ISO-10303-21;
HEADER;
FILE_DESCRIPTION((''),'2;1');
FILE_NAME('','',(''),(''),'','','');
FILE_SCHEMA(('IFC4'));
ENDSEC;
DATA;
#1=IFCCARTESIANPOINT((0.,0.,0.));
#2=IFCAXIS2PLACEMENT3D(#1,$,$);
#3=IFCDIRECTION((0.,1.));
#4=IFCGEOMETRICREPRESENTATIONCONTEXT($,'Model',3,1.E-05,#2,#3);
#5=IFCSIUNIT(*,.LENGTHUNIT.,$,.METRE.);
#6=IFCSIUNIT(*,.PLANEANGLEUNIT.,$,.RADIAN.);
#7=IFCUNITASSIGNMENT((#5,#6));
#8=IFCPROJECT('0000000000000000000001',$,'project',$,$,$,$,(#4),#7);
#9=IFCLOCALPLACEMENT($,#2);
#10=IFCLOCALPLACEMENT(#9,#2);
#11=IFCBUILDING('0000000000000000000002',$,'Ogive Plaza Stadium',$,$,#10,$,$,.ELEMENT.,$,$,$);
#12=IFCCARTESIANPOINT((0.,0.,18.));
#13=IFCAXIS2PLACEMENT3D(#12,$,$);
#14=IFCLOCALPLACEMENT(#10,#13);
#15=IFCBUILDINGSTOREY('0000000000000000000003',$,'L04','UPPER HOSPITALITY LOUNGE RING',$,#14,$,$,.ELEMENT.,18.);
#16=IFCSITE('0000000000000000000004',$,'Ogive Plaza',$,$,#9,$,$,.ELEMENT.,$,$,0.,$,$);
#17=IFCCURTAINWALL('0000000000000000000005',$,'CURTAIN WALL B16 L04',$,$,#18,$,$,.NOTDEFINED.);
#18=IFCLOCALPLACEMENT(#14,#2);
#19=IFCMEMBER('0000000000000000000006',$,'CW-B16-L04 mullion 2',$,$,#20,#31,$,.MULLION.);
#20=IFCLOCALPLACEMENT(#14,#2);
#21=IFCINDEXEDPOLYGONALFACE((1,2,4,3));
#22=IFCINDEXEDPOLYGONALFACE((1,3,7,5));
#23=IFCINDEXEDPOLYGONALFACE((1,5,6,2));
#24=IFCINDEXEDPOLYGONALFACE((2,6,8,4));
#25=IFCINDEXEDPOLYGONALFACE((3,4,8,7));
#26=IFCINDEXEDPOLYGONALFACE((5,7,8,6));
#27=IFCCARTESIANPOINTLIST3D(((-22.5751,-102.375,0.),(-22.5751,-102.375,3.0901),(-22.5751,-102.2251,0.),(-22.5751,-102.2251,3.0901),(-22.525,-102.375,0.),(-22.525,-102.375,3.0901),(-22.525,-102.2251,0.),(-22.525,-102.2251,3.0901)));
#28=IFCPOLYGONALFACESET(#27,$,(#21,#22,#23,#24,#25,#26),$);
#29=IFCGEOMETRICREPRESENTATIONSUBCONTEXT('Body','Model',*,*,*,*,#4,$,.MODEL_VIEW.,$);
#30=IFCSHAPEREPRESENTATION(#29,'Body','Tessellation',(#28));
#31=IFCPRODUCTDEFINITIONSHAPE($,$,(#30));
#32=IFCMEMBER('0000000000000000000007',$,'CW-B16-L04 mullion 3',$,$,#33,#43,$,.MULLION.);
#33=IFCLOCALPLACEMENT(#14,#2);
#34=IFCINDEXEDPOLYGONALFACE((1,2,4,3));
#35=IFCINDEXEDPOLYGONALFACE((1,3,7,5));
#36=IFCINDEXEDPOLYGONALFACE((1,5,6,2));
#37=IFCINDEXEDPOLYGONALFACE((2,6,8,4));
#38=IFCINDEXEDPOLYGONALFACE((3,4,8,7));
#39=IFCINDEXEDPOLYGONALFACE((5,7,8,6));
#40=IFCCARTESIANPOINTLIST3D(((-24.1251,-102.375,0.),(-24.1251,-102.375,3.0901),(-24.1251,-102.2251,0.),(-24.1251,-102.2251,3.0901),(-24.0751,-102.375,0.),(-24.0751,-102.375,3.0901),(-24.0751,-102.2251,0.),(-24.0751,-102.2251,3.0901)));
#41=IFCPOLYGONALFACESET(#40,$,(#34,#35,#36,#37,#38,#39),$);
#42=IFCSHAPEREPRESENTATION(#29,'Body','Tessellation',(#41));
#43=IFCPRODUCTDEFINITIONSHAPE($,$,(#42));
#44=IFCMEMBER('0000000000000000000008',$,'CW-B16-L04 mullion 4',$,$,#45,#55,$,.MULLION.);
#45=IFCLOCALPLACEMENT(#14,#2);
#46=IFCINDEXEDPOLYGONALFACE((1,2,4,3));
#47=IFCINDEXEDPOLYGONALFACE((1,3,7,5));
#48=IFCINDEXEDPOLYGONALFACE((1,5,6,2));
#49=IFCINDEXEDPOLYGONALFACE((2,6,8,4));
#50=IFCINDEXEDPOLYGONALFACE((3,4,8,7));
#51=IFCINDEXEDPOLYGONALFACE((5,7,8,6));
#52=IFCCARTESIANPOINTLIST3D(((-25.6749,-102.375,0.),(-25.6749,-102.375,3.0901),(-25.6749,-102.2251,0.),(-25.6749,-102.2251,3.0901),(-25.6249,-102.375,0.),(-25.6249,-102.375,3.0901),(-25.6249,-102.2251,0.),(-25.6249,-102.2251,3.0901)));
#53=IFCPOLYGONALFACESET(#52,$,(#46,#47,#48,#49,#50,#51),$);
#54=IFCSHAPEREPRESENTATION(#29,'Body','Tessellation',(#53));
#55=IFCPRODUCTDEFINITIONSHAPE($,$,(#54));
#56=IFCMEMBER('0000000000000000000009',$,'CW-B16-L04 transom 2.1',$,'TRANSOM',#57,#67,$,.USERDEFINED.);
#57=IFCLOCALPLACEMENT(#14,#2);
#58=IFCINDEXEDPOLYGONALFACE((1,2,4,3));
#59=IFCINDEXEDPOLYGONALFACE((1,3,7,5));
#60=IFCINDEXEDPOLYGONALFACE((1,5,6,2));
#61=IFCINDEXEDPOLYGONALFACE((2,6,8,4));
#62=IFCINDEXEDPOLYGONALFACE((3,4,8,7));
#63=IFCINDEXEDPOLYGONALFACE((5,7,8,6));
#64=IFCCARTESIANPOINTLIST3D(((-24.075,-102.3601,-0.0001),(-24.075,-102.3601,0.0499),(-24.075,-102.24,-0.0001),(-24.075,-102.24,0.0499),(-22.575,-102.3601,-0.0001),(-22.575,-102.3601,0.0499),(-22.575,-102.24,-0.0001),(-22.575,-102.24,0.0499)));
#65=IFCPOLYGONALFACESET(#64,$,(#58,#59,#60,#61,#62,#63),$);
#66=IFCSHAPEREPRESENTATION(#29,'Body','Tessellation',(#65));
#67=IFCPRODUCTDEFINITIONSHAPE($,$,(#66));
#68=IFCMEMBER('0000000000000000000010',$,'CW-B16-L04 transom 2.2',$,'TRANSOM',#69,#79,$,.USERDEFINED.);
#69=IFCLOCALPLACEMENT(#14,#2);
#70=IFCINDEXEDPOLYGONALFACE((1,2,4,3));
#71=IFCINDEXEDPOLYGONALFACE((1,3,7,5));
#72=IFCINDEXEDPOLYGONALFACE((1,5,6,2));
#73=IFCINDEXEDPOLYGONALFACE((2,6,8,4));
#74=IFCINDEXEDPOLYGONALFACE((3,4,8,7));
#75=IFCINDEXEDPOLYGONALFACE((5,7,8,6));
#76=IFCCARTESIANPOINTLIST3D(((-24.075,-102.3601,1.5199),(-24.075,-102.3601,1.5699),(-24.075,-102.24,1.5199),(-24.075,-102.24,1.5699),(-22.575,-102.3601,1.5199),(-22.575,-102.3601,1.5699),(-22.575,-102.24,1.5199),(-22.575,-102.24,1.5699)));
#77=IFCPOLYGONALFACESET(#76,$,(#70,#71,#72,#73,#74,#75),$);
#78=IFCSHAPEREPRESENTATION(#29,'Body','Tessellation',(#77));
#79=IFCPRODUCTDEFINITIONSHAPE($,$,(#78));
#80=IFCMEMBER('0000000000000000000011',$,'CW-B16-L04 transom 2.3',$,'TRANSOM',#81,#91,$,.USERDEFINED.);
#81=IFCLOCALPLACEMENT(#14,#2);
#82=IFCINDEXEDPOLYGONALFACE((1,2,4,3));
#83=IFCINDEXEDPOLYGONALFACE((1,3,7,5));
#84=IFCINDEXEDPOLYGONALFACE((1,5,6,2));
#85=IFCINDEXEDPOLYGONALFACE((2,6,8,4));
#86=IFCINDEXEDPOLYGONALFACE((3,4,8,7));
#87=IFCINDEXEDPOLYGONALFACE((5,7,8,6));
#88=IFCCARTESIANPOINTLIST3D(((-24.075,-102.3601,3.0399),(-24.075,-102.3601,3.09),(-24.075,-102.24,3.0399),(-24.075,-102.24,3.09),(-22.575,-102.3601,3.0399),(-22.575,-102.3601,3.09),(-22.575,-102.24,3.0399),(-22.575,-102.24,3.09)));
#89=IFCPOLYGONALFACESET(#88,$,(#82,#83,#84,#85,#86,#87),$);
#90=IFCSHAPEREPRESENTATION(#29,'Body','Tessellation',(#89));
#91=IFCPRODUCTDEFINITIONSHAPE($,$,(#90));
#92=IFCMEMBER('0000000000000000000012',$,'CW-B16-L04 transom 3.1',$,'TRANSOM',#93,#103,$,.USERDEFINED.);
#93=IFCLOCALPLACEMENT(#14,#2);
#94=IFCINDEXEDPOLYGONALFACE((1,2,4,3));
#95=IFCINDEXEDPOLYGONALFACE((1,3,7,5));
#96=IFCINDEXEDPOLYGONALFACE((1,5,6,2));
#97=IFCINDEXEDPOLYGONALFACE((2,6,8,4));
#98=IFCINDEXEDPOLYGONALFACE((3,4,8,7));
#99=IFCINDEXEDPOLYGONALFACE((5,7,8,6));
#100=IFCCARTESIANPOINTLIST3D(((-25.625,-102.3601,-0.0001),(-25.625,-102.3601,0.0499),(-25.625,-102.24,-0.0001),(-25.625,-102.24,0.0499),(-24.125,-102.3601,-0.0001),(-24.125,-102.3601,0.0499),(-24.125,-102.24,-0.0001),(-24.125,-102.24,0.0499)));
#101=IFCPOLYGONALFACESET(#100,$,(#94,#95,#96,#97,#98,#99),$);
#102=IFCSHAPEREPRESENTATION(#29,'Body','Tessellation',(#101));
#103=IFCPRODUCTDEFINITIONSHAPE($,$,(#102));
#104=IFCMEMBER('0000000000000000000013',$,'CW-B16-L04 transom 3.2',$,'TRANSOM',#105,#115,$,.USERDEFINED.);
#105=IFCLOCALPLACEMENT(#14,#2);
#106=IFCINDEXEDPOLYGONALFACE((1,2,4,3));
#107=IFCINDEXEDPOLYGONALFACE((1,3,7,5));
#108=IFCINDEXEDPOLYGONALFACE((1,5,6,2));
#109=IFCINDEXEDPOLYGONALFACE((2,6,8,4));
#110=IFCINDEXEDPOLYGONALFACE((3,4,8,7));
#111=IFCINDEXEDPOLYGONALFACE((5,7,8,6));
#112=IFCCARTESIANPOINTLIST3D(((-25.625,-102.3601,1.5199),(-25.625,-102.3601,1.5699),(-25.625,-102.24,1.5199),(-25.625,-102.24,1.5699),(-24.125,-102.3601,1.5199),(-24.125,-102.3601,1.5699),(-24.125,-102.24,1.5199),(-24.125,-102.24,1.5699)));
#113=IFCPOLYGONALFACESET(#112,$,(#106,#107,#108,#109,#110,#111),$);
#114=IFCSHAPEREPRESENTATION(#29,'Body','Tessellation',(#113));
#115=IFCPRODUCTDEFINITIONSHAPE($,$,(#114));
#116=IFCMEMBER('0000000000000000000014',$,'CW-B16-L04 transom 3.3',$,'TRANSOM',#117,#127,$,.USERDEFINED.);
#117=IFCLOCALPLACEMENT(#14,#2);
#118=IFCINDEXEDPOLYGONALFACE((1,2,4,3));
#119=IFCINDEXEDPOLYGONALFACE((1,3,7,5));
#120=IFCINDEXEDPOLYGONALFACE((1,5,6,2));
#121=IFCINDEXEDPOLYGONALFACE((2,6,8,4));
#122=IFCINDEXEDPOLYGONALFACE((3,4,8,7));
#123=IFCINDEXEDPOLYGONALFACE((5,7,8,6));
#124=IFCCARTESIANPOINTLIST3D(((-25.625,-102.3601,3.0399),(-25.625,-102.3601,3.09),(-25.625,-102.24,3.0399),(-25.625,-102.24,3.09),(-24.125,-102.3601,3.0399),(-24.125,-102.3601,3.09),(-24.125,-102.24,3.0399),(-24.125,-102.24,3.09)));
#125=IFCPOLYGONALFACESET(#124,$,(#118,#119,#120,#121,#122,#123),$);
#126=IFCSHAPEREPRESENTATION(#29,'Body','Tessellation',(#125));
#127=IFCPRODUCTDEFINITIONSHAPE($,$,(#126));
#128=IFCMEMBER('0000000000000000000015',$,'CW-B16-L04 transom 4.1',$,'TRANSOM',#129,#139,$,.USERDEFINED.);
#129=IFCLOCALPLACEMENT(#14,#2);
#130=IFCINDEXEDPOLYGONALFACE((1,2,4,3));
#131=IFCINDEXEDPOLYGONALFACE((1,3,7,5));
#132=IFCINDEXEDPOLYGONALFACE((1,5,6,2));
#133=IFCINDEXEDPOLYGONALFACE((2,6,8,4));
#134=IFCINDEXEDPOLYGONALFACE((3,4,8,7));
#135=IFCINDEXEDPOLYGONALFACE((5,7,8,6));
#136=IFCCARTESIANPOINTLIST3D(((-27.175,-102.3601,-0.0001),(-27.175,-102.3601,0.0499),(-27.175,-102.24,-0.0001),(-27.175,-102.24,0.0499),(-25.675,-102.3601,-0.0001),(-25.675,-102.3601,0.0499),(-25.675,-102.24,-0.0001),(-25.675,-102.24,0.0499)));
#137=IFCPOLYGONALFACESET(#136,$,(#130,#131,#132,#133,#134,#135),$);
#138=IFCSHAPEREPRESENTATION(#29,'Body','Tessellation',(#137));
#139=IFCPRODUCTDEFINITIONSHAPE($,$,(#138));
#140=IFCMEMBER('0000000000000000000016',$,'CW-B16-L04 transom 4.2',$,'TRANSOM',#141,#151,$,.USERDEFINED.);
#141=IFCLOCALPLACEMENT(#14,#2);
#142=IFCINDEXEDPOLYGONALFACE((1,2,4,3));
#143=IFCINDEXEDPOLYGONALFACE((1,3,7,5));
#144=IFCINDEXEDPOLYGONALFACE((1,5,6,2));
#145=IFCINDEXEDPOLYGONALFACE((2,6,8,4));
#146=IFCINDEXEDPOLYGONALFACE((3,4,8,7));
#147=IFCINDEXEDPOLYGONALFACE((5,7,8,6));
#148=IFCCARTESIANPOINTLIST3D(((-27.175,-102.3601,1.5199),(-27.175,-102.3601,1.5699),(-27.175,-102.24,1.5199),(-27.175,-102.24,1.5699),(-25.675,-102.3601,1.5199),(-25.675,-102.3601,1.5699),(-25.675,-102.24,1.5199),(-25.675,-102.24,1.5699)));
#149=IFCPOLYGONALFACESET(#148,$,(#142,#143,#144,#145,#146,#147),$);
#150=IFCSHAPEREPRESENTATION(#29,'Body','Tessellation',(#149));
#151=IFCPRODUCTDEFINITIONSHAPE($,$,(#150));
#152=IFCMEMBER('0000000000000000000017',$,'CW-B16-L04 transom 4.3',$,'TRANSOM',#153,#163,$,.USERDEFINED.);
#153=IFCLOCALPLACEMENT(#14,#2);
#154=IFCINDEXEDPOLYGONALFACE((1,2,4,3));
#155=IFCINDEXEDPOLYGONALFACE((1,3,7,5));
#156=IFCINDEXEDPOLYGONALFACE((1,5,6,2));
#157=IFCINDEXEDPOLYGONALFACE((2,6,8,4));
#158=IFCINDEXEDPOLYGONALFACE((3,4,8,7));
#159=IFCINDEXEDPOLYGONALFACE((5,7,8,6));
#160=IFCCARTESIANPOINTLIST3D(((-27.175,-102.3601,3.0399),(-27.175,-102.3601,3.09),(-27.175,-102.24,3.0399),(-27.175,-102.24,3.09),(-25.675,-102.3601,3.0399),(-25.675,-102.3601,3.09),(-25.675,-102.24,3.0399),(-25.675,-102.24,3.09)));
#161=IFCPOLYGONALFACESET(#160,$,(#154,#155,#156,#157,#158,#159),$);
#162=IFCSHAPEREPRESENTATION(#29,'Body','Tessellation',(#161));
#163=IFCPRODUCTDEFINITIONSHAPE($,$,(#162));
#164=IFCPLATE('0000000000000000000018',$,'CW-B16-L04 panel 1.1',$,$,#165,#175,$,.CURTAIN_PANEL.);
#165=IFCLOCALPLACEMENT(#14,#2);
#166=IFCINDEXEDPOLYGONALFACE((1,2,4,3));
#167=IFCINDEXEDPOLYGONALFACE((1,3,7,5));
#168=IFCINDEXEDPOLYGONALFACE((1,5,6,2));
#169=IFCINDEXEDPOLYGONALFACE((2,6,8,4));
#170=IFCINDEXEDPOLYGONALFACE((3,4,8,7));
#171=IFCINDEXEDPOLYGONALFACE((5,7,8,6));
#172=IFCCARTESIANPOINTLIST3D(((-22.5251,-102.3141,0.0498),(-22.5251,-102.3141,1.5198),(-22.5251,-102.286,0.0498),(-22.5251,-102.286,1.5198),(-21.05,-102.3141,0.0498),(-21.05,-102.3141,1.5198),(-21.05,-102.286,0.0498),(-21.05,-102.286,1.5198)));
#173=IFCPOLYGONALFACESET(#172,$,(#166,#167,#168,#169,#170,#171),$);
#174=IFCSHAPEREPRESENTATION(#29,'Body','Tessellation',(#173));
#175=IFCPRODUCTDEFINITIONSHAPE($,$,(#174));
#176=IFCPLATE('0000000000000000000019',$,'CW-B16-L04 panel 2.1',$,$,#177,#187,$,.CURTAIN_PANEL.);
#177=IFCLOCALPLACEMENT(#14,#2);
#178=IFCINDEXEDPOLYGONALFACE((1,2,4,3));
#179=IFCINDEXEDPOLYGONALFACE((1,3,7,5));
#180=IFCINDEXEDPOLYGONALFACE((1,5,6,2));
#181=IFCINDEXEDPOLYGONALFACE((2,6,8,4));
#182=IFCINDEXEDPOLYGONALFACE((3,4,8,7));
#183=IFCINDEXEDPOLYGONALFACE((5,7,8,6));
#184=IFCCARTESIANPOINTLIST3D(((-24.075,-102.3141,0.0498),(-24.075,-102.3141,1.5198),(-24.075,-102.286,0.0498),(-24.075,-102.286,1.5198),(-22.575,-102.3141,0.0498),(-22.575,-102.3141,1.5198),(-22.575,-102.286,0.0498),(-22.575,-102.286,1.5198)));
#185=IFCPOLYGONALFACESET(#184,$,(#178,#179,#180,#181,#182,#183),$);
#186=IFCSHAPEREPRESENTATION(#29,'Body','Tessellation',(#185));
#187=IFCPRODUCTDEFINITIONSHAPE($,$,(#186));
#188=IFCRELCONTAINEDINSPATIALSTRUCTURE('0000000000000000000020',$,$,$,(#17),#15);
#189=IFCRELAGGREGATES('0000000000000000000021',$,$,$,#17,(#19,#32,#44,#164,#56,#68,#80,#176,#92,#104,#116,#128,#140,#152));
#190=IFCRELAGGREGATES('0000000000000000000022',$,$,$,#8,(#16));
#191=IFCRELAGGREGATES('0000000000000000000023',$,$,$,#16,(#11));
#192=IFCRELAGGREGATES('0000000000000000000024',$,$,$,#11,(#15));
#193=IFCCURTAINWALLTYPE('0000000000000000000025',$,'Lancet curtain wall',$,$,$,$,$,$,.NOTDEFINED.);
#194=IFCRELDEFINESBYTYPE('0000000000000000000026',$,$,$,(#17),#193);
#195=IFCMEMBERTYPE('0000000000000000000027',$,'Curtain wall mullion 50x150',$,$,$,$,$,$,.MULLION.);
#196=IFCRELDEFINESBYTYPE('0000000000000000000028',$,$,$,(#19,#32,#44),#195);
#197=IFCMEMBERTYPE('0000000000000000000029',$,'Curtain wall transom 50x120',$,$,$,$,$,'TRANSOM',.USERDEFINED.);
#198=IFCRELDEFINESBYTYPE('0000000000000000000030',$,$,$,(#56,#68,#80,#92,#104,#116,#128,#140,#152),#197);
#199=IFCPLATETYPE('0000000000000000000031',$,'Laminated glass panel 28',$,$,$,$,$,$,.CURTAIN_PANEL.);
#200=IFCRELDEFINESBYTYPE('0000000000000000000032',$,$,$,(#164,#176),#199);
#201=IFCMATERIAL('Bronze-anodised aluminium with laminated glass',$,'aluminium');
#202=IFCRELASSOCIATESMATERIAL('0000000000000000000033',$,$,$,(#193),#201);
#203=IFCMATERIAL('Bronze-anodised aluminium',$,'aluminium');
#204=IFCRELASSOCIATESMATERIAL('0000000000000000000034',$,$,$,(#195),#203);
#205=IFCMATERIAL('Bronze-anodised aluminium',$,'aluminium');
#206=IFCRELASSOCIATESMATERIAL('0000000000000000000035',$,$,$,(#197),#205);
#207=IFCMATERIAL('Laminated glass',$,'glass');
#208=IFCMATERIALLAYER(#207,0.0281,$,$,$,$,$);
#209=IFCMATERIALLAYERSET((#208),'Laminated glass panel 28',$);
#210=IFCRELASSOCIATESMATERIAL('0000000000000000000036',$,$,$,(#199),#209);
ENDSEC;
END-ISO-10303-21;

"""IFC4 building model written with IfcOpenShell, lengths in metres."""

from ifc_helpers import new_model, si_unit, direction, frame, origin, origin_2d, place, context, subcontext, project, spatial, rectangle, extrude, material, layer, layer_set, material_profile, profile_set, type_object, element, aggregate, save


model = new_model("IFC4")

# Units and contexts
model_context = context("Model", 3, precision=1e-05, world=origin(), true_north=direction((0.0, 1.0)))
body_context = subcontext(model_context, "Body", "Model", "MODEL_VIEW")
ifc_project = project(units=[si_unit("LENGTHUNIT", "METRE"), si_unit("PLANEANGLEUNIT", "RADIAN")], contexts=[model_context])

# Site, building, storey
site_placement = place(None, origin())
site = spatial("IfcSite", under=ifc_project, at=site_placement, Name="Ogive Plaza", CompositionType="ELEMENT", RefElevation=0.0)
building_placement = place(site_placement, origin())
building = spatial("IfcBuilding", under=site, at=building_placement, Name="Ogive Plaza Stadium", CompositionType="ELEMENT")
storey_placement = place(building_placement, frame((0.0, 0.0, 18.0)))
storey = spatial("IfcBuildingStorey", under=building, at=storey_placement, Name="L04", Description="UPPER HOSPITALITY LOUNGE RING", CompositionType="ELEMENT", Elevation=18.0)

# Curtain wall, members, plates
ifc_material_1 = material(Name="Bronze-anodised aluminium with laminated glass", Category="aluminium")
curtain_wall_type = type_object("IfcCurtainWallType", Name="Lancet curtain wall", PredefinedType="NOTDEFINED", material=ifc_material_1)
curtain_wall_placement = place(storey_placement, origin())
curtain_wall = element("IfcCurtainWall", 1, at=curtain_wall_placement, inside=storey, type_object=curtain_wall_type, Name="CURTAIN WALL B16 L04", PredefinedType="NOTDEFINED")
ifc_material_2 = material(Name="Bronze-anodised aluminium", Category="aluminium")
ifc_material_profile_1 = material_profile(ifc_material_2, rectangle(XDim=0.1499, YDim=0.05, at=origin_2d()), Name="AL 150x50")
ifc_profile_set_1 = profile_set([ifc_material_profile_1], Name="Bronze-anodised aluminium")
member_type_1 = type_object("IfcMemberType", Name="Curtain wall mullion 50x150", PredefinedType="MULLION", material=ifc_profile_set_1)
member_1_placement = place(storey_placement, frame((-22.55, -102.3, 0.0), z_axis=(0.0, 0.0, 1.0), x_axis=(0.0, -1.0, 0.0)))
member_1 = element("IfcMember", 2, at=member_1_placement, type_object=member_type_1, Name="CW-B16-L04 mullion 2", PredefinedType="MULLION", context=body_context, shape_type="SweptSolid", body=[
    extrude(rectangle(XDim=0.1499, YDim=0.05, at=origin_2d()), origin(), (0.0, 0.0, 1.0), 3.0901),
])
member_2_placement = place(storey_placement, frame((-24.1001, -102.3, 0.0), z_axis=(0.0, 0.0, 1.0), x_axis=(0.0, -1.0, 0.0)))
member_2 = element("IfcMember", 3, at=member_2_placement, type_object=member_type_1, Name="CW-B16-L04 mullion 3", PredefinedType="MULLION", context=body_context, shape_type="SweptSolid", body=[
    extrude(rectangle(XDim=0.1499, YDim=0.05, at=origin_2d()), origin(), (0.0, 0.0, 1.0), 3.0901),
])
member_3_placement = place(storey_placement, frame((-25.6499, -102.3, 0.0), z_axis=(0.0, 0.0, 1.0), x_axis=(0.0, -1.0, 0.0)))
member_3 = element("IfcMember", 4, at=member_3_placement, type_object=member_type_1, Name="CW-B16-L04 mullion 4", PredefinedType="MULLION", context=body_context, shape_type="SweptSolid", body=[
    extrude(rectangle(XDim=0.1499, YDim=0.05, at=origin_2d()), origin(), (0.0, 0.0, 1.0), 3.0901),
])
ifc_material_3 = material(Name="Bronze-anodised aluminium", Category="aluminium")
ifc_material_profile_2 = material_profile(ifc_material_3, rectangle(XDim=0.1201, YDim=0.05, at=origin_2d()), Name="AL 120x50")
ifc_profile_set_2 = profile_set([ifc_material_profile_2], Name="Bronze-anodised aluminium")
member_type_2 = type_object("IfcMemberType", Name="Curtain wall transom 50x120", ElementType="TRANSOM", PredefinedType="USERDEFINED", material=ifc_profile_set_2)
member_4_placement = place(storey_placement, frame((-22.575, -102.3, 0.0249), z_axis=(-1.0, 0.0, 0.0), x_axis=(0.0, -1.0, 0.0)))
member_4 = element("IfcMember", 5, at=member_4_placement, type_object=member_type_2, Name="CW-B16-L04 transom 2.1", ObjectType="TRANSOM", PredefinedType="USERDEFINED", context=body_context, shape_type="SweptSolid", body=[
    extrude(rectangle(XDim=0.1201, YDim=0.05, at=origin_2d()), origin(), (0.0, 0.0, 1.0), 1.5),
])
member_5_placement = place(storey_placement, frame((-22.575, -102.3, 1.5449), z_axis=(-1.0, 0.0, 0.0), x_axis=(0.0, -1.0, 0.0)))
member_5 = element("IfcMember", 6, at=member_5_placement, type_object=member_type_2, Name="CW-B16-L04 transom 2.2", ObjectType="TRANSOM", PredefinedType="USERDEFINED", context=body_context, shape_type="SweptSolid", body=[
    extrude(rectangle(XDim=0.1201, YDim=0.05, at=origin_2d()), origin(), (0.0, 0.0, 1.0), 1.5),
])
member_6_placement = place(storey_placement, frame((-22.575, -102.3, 3.0649), z_axis=(-1.0, 0.0, 0.0), x_axis=(0.0, -1.0, 0.0)))
member_6 = element("IfcMember", 7, at=member_6_placement, type_object=member_type_2, Name="CW-B16-L04 transom 2.3", ObjectType="TRANSOM", PredefinedType="USERDEFINED", context=body_context, shape_type="SweptSolid", body=[
    extrude(rectangle(XDim=0.1201, YDim=0.05, at=origin_2d()), origin(), (0.0, 0.0, 1.0), 1.5),
])
member_7_placement = place(storey_placement, frame((-24.125, -102.3, 0.0249), z_axis=(-1.0, 0.0, 0.0), x_axis=(0.0, -1.0, 0.0)))
member_7 = element("IfcMember", 8, at=member_7_placement, type_object=member_type_2, Name="CW-B16-L04 transom 3.1", ObjectType="TRANSOM", PredefinedType="USERDEFINED", context=body_context, shape_type="SweptSolid", body=[
    extrude(rectangle(XDim=0.1201, YDim=0.05, at=origin_2d()), origin(), (0.0, 0.0, 1.0), 1.5),
])
member_8_placement = place(storey_placement, frame((-24.125, -102.3, 1.5449), z_axis=(-1.0, 0.0, 0.0), x_axis=(0.0, -1.0, 0.0)))
member_8 = element("IfcMember", 9, at=member_8_placement, type_object=member_type_2, Name="CW-B16-L04 transom 3.2", ObjectType="TRANSOM", PredefinedType="USERDEFINED", context=body_context, shape_type="SweptSolid", body=[
    extrude(rectangle(XDim=0.1201, YDim=0.05, at=origin_2d()), origin(), (0.0, 0.0, 1.0), 1.5),
])
member_9_placement = place(storey_placement, frame((-24.125, -102.3, 3.0649), z_axis=(-1.0, 0.0, 0.0), x_axis=(0.0, -1.0, 0.0)))
member_9 = element("IfcMember", 10, at=member_9_placement, type_object=member_type_2, Name="CW-B16-L04 transom 3.3", ObjectType="TRANSOM", PredefinedType="USERDEFINED", context=body_context, shape_type="SweptSolid", body=[
    extrude(rectangle(XDim=0.1201, YDim=0.05, at=origin_2d()), origin(), (0.0, 0.0, 1.0), 1.5),
])
member_10_placement = place(storey_placement, frame((-25.675, -102.3, 0.0249), z_axis=(-1.0, 0.0, 0.0), x_axis=(0.0, -1.0, 0.0)))
member_10 = element("IfcMember", 11, at=member_10_placement, type_object=member_type_2, Name="CW-B16-L04 transom 4.1", ObjectType="TRANSOM", PredefinedType="USERDEFINED", context=body_context, shape_type="SweptSolid", body=[
    extrude(rectangle(XDim=0.1201, YDim=0.05, at=origin_2d()), origin(), (0.0, 0.0, 1.0), 1.5),
])
member_11_placement = place(storey_placement, frame((-25.675, -102.3, 1.5449), z_axis=(-1.0, 0.0, 0.0), x_axis=(0.0, -1.0, 0.0)))
member_11 = element("IfcMember", 12, at=member_11_placement, type_object=member_type_2, Name="CW-B16-L04 transom 4.2", ObjectType="TRANSOM", PredefinedType="USERDEFINED", context=body_context, shape_type="SweptSolid", body=[
    extrude(rectangle(XDim=0.1201, YDim=0.05, at=origin_2d()), origin(), (0.0, 0.0, 1.0), 1.5),
])
member_12_placement = place(storey_placement, frame((-25.675, -102.3, 3.0649), z_axis=(-1.0, 0.0, 0.0), x_axis=(0.0, -1.0, 0.0)))
member_12 = element("IfcMember", 13, at=member_12_placement, type_object=member_type_2, Name="CW-B16-L04 transom 4.3", ObjectType="TRANSOM", PredefinedType="USERDEFINED", context=body_context, shape_type="SweptSolid", body=[
    extrude(rectangle(XDim=0.1201, YDim=0.05, at=origin_2d()), origin(), (0.0, 0.0, 1.0), 1.5),
])
ifc_material_4 = material(Name="Laminated glass", Category="glass")
ifc_layer_1 = layer(ifc_material_4, 0.0281)
ifc_layer_set_1 = layer_set([ifc_layer_1], Name="Laminated glass panel 28")
plate_type = type_object("IfcPlateType", Name="Laminated glass panel 28", PredefinedType="CURTAIN_PANEL", material=ifc_layer_set_1)
plate_1_placement = place(storey_placement, frame((-21.7876, -102.3, 0.0498), z_axis=(0.0, 0.0, 1.0), x_axis=(-1.0, 0.0, 0.0)))
plate_1 = element("IfcPlate", 14, at=plate_1_placement, type_object=plate_type, Name="CW-B16-L04 panel 1.1", PredefinedType="CURTAIN_PANEL", context=body_context, shape_type="SweptSolid", body=[
    extrude(rectangle(XDim=1.4751, YDim=0.0281, at=origin_2d()), origin(), (0.0, 0.0, 1.0), 1.47),
])
plate_2_placement = place(storey_placement, frame((-23.325, -102.3, 0.0498), z_axis=(0.0, 0.0, 1.0), x_axis=(-1.0, 0.0, 0.0)))
plate_2 = element("IfcPlate", 15, at=plate_2_placement, type_object=plate_type, Name="CW-B16-L04 panel 2.1", PredefinedType="CURTAIN_PANEL", context=body_context, shape_type="SweptSolid", body=[
    extrude(rectangle(XDim=1.5, YDim=0.0281, at=origin_2d()), origin(), (0.0, 0.0, 1.0), 1.47),
])
aggregate(curtain_wall, [member_1, member_2, member_3, plate_1, member_4, member_5, member_6, plate_2, member_7, member_8, member_9, member_10, member_11, member_12])

save(model, "model.ifc")
